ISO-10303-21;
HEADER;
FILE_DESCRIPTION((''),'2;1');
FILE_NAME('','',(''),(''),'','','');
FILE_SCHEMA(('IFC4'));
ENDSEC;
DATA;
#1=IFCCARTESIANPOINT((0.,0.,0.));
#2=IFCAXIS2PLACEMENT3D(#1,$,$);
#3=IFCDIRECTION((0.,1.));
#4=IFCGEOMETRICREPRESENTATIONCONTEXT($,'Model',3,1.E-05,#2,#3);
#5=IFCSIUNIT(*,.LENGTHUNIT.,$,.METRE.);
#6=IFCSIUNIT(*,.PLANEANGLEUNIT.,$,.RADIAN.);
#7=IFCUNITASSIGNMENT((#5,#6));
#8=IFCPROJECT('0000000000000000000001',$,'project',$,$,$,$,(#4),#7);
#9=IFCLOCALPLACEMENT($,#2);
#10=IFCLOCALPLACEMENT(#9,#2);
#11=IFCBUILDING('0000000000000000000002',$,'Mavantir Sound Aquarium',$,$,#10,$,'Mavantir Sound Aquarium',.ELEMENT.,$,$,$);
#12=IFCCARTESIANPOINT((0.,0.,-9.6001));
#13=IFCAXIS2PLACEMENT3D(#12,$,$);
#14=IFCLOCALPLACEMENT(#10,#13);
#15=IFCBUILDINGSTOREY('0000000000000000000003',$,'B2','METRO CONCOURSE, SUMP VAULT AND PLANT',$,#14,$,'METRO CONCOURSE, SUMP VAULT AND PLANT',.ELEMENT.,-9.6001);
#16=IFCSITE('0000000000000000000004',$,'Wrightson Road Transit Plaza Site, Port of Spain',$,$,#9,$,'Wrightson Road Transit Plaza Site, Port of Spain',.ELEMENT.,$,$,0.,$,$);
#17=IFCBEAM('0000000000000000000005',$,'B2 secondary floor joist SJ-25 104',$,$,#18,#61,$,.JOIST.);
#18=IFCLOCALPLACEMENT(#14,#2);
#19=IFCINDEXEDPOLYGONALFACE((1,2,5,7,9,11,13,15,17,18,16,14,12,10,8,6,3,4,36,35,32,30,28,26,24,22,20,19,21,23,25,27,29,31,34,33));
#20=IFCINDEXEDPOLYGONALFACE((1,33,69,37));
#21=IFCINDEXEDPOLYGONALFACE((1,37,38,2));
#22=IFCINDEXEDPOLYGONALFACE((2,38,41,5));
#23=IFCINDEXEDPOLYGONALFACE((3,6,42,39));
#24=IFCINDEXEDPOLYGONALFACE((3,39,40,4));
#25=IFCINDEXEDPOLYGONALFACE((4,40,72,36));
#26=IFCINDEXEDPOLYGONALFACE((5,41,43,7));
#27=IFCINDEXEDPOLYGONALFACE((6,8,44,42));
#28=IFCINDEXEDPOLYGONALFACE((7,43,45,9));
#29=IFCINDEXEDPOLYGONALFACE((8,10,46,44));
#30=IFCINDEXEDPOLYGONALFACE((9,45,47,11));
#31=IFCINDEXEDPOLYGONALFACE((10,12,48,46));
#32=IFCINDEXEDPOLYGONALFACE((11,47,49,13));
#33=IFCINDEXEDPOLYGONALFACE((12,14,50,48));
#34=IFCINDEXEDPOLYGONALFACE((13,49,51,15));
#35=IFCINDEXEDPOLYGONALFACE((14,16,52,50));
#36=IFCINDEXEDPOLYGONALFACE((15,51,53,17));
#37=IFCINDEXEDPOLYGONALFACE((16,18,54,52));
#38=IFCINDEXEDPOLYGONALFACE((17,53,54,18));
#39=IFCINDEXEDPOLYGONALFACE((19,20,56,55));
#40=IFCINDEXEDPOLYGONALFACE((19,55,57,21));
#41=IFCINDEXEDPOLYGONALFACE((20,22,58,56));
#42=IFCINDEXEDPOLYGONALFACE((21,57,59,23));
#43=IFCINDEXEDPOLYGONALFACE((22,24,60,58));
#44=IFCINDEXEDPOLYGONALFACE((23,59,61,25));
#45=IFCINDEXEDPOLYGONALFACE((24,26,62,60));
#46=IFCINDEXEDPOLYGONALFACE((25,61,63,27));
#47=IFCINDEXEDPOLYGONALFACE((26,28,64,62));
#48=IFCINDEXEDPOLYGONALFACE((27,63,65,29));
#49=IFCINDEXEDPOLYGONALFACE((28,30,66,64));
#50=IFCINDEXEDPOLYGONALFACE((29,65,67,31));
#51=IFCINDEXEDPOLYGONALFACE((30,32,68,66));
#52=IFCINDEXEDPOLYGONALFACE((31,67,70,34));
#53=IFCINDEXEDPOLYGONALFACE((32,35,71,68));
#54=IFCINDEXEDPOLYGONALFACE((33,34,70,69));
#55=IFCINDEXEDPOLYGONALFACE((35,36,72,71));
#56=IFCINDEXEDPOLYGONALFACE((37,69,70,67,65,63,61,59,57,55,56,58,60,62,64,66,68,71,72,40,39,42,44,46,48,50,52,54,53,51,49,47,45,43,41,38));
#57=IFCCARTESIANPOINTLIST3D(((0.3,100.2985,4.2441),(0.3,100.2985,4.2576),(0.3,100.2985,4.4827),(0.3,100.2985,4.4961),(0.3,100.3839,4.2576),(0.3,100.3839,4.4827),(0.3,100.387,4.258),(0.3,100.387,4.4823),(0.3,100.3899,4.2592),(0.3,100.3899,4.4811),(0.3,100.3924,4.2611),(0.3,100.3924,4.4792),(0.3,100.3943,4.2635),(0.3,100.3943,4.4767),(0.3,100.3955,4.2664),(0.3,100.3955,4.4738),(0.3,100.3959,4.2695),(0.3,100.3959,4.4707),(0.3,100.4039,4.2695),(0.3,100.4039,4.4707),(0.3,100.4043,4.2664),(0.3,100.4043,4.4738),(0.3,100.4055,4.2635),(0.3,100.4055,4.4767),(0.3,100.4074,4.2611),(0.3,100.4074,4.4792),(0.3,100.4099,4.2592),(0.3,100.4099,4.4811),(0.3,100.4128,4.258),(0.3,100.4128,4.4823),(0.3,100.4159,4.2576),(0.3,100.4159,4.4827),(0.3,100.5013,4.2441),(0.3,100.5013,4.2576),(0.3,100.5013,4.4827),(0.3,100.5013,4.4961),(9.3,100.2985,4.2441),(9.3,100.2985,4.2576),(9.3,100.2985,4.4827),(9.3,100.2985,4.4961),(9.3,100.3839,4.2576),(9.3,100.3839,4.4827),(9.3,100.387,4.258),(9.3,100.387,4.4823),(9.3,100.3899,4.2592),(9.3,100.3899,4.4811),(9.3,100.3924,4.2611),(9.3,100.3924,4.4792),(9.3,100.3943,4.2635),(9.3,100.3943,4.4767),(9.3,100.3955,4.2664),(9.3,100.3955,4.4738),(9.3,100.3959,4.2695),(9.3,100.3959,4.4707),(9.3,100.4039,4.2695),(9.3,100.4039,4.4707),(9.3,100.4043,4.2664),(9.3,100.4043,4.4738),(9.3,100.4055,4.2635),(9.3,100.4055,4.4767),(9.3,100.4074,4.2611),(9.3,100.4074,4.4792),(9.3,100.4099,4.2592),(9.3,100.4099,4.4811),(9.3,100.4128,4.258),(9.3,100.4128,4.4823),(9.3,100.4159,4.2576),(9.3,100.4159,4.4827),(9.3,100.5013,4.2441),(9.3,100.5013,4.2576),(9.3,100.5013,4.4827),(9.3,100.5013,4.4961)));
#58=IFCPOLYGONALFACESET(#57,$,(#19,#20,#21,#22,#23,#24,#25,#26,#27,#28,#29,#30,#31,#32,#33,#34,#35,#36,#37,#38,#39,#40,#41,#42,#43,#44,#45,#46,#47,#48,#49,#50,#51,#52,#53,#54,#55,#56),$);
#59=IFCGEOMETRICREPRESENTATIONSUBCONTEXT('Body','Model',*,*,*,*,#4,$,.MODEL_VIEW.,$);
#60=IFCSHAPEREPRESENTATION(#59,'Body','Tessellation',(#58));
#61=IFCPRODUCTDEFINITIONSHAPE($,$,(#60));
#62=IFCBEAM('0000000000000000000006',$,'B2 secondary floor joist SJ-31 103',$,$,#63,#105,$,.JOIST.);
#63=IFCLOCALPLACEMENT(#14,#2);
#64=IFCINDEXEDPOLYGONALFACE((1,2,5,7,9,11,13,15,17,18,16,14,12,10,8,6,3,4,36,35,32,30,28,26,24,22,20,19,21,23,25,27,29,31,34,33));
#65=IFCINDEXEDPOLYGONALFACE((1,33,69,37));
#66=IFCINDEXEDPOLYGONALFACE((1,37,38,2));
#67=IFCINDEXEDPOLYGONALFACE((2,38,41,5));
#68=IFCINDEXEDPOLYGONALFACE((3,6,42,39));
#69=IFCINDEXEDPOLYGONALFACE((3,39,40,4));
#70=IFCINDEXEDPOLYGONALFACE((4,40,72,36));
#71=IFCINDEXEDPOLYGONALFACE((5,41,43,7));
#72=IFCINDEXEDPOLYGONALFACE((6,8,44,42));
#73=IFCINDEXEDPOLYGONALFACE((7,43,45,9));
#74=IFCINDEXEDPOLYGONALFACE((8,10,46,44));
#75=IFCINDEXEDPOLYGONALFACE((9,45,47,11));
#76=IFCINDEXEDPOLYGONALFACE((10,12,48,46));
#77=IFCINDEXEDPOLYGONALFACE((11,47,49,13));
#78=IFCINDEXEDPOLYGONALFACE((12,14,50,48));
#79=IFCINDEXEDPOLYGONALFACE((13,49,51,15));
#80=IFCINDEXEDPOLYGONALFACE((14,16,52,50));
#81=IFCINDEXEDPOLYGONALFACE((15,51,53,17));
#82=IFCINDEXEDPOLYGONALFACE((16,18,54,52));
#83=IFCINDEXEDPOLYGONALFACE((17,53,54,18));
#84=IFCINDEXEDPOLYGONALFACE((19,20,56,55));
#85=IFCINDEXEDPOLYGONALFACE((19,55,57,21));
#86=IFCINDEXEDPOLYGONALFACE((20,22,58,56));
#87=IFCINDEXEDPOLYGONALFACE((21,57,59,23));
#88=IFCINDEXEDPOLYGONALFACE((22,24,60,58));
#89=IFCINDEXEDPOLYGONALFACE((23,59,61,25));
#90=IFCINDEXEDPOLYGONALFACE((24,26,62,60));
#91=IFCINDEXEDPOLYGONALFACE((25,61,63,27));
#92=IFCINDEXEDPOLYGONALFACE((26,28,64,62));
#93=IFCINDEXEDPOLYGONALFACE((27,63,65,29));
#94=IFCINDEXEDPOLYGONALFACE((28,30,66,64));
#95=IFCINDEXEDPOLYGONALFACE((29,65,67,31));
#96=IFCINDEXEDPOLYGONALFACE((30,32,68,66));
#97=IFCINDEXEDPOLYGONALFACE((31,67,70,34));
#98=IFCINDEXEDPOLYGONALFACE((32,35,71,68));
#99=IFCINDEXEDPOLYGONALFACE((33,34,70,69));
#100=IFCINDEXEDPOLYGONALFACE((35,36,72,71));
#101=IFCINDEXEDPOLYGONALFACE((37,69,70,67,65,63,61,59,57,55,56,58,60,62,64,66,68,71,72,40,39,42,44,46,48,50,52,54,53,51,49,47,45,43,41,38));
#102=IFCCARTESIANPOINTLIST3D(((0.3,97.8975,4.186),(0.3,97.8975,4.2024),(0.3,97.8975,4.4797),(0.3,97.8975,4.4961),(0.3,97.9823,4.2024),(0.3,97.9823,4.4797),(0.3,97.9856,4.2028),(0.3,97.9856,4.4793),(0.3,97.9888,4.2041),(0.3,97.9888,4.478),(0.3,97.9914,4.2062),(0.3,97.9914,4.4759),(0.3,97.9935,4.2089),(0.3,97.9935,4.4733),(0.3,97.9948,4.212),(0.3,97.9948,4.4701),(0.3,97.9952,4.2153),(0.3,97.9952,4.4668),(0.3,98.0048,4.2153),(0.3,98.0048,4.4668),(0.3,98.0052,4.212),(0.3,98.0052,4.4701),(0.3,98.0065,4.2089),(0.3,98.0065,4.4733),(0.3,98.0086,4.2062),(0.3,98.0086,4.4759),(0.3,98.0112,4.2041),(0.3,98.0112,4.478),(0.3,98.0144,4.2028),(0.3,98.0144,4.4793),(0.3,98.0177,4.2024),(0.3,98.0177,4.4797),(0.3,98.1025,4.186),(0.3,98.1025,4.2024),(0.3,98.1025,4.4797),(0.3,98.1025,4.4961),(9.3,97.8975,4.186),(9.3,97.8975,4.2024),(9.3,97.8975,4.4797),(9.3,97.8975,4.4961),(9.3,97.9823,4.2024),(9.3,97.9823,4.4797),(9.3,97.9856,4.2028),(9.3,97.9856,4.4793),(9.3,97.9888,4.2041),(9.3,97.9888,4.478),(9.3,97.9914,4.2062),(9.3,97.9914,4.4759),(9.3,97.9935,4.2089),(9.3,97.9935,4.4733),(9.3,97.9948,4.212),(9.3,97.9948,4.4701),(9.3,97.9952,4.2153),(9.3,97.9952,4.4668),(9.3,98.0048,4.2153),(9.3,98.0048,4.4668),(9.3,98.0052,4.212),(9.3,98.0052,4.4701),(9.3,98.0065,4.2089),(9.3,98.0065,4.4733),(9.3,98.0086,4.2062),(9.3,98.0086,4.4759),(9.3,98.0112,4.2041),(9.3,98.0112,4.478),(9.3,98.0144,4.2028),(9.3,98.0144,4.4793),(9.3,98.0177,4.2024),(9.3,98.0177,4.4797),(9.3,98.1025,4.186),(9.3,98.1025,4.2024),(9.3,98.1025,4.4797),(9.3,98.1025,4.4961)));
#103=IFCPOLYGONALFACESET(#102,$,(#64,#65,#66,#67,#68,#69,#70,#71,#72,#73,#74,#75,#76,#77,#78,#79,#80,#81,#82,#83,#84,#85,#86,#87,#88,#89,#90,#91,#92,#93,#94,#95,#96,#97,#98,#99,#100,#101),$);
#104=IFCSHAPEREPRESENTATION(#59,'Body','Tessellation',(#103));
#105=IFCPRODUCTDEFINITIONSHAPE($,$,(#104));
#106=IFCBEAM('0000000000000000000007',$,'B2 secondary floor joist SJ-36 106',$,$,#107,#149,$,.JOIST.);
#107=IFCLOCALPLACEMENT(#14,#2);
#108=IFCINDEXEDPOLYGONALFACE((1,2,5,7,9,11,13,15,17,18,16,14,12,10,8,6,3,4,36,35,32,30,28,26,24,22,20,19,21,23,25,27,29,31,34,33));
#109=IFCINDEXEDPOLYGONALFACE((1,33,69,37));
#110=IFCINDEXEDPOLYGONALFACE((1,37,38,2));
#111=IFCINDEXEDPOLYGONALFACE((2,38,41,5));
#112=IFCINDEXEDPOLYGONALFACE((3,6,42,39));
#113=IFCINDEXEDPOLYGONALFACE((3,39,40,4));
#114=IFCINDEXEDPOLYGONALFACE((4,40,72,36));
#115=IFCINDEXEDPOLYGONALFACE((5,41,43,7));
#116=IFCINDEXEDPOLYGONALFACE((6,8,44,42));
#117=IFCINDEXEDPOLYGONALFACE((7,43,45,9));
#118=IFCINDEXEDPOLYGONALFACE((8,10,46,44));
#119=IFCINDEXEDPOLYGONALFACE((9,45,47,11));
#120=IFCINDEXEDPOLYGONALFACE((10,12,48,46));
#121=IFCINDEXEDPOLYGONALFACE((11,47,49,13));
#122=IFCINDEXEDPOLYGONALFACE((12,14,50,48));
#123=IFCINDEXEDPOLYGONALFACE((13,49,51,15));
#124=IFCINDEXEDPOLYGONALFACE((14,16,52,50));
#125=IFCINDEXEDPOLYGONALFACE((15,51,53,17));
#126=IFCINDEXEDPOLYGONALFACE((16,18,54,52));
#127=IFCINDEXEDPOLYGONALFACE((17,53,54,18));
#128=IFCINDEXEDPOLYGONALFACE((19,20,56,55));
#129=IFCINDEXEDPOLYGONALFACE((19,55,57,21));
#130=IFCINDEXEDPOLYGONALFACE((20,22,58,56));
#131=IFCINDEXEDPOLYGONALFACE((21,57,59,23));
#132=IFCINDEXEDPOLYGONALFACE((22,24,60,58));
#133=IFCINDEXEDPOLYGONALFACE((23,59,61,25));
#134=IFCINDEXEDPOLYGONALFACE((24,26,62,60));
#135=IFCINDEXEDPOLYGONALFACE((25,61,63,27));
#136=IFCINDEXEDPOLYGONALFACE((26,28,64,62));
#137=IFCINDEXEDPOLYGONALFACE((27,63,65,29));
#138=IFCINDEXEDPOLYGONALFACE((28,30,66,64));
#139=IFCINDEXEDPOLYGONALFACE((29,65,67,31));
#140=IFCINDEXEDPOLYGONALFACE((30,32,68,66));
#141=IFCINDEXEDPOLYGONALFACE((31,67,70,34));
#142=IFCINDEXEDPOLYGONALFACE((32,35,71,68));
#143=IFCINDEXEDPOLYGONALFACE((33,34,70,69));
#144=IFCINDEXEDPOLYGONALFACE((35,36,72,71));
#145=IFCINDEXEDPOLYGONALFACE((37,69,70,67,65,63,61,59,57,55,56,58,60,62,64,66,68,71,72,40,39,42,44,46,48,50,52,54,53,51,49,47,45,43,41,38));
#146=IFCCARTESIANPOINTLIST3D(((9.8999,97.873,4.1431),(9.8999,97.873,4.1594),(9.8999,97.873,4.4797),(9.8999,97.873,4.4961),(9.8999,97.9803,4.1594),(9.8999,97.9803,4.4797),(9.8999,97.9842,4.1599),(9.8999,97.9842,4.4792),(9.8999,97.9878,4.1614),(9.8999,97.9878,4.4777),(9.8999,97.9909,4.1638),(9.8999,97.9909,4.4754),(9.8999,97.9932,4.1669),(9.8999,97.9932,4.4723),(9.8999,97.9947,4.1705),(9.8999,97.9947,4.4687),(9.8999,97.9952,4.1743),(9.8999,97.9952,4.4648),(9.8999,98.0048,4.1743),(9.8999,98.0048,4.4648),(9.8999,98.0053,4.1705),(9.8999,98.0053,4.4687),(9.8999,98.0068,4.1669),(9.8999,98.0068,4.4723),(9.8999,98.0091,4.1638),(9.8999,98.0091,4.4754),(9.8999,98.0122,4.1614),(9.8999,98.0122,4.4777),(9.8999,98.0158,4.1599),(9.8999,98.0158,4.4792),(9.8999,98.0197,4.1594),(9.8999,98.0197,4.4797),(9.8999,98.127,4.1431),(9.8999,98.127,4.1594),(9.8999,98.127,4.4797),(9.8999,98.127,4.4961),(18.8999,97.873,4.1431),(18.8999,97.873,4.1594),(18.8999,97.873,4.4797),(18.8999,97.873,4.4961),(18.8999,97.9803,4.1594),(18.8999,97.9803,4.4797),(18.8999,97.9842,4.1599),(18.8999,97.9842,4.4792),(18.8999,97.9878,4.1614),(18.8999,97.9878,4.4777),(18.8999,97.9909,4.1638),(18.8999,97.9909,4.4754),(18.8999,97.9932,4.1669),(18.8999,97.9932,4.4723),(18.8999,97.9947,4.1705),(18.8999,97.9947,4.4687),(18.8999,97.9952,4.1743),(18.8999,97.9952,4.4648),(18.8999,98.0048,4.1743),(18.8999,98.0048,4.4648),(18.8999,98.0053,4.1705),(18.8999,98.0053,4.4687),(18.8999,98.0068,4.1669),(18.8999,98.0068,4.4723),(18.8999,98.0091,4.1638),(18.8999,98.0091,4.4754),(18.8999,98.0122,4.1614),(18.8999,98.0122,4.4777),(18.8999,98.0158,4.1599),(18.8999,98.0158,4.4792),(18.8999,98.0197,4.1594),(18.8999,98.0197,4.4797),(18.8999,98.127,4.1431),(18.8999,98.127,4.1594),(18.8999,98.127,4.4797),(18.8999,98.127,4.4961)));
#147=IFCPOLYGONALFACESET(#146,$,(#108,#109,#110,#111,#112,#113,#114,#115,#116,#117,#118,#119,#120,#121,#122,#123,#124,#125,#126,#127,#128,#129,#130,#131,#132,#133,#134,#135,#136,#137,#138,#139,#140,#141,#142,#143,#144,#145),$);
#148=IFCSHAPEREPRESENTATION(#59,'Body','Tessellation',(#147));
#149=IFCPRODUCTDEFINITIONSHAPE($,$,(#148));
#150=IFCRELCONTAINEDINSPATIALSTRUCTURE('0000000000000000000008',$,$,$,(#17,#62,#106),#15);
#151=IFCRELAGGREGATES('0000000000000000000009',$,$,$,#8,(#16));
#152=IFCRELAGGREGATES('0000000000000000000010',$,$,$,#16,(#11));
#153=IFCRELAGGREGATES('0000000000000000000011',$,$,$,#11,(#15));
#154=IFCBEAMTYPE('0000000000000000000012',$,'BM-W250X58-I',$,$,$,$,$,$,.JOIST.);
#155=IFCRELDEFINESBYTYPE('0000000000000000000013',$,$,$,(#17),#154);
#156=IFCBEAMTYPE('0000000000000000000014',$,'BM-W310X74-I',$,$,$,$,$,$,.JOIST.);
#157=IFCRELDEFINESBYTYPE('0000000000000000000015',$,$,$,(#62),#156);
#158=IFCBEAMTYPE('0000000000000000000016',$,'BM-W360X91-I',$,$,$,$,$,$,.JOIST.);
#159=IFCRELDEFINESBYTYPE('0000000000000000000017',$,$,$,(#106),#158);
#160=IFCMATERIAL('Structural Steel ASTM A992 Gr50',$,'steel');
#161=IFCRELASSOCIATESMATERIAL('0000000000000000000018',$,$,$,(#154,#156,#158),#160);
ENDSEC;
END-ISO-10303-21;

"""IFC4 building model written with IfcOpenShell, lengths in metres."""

from ifc_helpers import new_model, si_unit, direction, frame, origin, origin_2d, place, context, subcontext, project, spatial, i_section, extrude, material, material_profile, profile_set, type_object, element, save


model = new_model("IFC4")

# Units and contexts
model_context = context("Model", 3, precision=1e-05, world=origin(), true_north=direction((0.0, 1.0)))
body_context = subcontext(model_context, "Body", "Model", "MODEL_VIEW")
ifc_project = project(units=[si_unit("LENGTHUNIT", "METRE"), si_unit("PLANEANGLEUNIT", "RADIAN")], contexts=[model_context])

# Site, building, storey
site_placement = place(None, origin())
site = spatial("IfcSite", under=ifc_project, at=site_placement, Name="Wrightson Road Transit Plaza Site, Port of Spain", LongName="Wrightson Road Transit Plaza Site, Port of Spain", CompositionType="ELEMENT", RefElevation=0.0)
building_placement = place(site_placement, origin())
building = spatial("IfcBuilding", under=site, at=building_placement, Name="Mavantir Sound Aquarium", LongName="Mavantir Sound Aquarium", CompositionType="ELEMENT")
storey_placement = place(building_placement, frame((0.0, 0.0, -9.6001)))
storey = spatial("IfcBuildingStorey", under=building, at=storey_placement, Name="B2", Description="METRO CONCOURSE, SUMP VAULT AND PLANT", LongName="METRO CONCOURSE, SUMP VAULT AND PLANT", CompositionType="ELEMENT", Elevation=-9.6001)

# Beams
ifc_material_1 = material(Name="Structural Steel ASTM A992 Gr50", Category="steel")
ifc_material_profile_1 = material_profile(ifc_material_1, i_section(OverallWidth=0.2029, OverallDepth=0.252, WebThickness=0.0081, FlangeThickness=0.0134, FilletRadius=0.012, at=origin_2d()), Name="W250X58")
ifc_profile_set_1 = profile_set([ifc_material_profile_1], Name="Structural Steel ASTM A992 Gr50")
beam_type_1 = type_object("IfcBeamType", Name="BM-W250X58-I", PredefinedType="JOIST", material=ifc_profile_set_1)
beam_1_placement = place(storey_placement, frame((0.3, 100.3999, 4.3701), z_axis=(1.0, 0.0, 0.0), x_axis=(0.0, 1.0, 0.0)))
element("IfcBeam", 1, at=beam_1_placement, inside=storey, type_object=beam_type_1, Name="B2 secondary floor joist SJ-25 104", PredefinedType="JOIST", context=body_context, shape_type="SweptSolid", body=[
    extrude(i_section(OverallWidth=0.2029, OverallDepth=0.252, WebThickness=0.0081, FlangeThickness=0.0134, FilletRadius=0.012, at=origin_2d()), origin(), (0.0, 0.0, 1.0), 9.0),
])
ifc_material_profile_2 = material_profile(ifc_material_1, i_section(OverallWidth=0.2051, OverallDepth=0.3101, WebThickness=0.0095, FlangeThickness=0.0164, FilletRadius=0.0129, at=origin_2d()), Name="W310X74")
ifc_profile_set_2 = profile_set([ifc_material_profile_2], Name="Structural Steel ASTM A992 Gr50")
beam_type_2 = type_object("IfcBeamType", Name="BM-W310X74-I", PredefinedType="JOIST", material=ifc_profile_set_2)
beam_2_placement = place(storey_placement, frame((0.3, 98.0, 4.3411), z_axis=(1.0, 0.0, 0.0), x_axis=(0.0, 1.0, 0.0)))
element("IfcBeam", 2, at=beam_2_placement, inside=storey, type_object=beam_type_2, Name="B2 secondary floor joist SJ-31 103", PredefinedType="JOIST", context=body_context, shape_type="SweptSolid", body=[
    extrude(i_section(OverallWidth=0.2051, OverallDepth=0.3101, WebThickness=0.0095, FlangeThickness=0.0164, FilletRadius=0.0129, at=origin_2d()), origin(), (0.0, 0.0, 1.0), 9.0),
])
ifc_material_profile_3 = material_profile(ifc_material_1, i_section(OverallWidth=0.2539, OverallDepth=0.353, WebThickness=0.0095, FlangeThickness=0.0164, FilletRadius=0.0149, at=origin_2d()), Name="W360X91")
ifc_profile_set_3 = profile_set([ifc_material_profile_3], Name="Structural Steel ASTM A992 Gr50")
beam_type_3 = type_object("IfcBeamType", Name="BM-W360X91-I", PredefinedType="JOIST", material=ifc_profile_set_3)
beam_3_placement = place(storey_placement, frame((9.8999, 98.0, 4.3196), z_axis=(1.0, 0.0, 0.0), x_axis=(0.0, 1.0, 0.0)))
element("IfcBeam", 3, at=beam_3_placement, inside=storey, type_object=beam_type_3, Name="B2 secondary floor joist SJ-36 106", PredefinedType="JOIST", context=body_context, shape_type="SweptSolid", body=[
    extrude(i_section(OverallWidth=0.2539, OverallDepth=0.353, WebThickness=0.0095, FlangeThickness=0.0164, FilletRadius=0.0149, at=origin_2d()), origin(), (0.0, 0.0, 1.0), 9.0),
])

save(model, "model.ifc")
